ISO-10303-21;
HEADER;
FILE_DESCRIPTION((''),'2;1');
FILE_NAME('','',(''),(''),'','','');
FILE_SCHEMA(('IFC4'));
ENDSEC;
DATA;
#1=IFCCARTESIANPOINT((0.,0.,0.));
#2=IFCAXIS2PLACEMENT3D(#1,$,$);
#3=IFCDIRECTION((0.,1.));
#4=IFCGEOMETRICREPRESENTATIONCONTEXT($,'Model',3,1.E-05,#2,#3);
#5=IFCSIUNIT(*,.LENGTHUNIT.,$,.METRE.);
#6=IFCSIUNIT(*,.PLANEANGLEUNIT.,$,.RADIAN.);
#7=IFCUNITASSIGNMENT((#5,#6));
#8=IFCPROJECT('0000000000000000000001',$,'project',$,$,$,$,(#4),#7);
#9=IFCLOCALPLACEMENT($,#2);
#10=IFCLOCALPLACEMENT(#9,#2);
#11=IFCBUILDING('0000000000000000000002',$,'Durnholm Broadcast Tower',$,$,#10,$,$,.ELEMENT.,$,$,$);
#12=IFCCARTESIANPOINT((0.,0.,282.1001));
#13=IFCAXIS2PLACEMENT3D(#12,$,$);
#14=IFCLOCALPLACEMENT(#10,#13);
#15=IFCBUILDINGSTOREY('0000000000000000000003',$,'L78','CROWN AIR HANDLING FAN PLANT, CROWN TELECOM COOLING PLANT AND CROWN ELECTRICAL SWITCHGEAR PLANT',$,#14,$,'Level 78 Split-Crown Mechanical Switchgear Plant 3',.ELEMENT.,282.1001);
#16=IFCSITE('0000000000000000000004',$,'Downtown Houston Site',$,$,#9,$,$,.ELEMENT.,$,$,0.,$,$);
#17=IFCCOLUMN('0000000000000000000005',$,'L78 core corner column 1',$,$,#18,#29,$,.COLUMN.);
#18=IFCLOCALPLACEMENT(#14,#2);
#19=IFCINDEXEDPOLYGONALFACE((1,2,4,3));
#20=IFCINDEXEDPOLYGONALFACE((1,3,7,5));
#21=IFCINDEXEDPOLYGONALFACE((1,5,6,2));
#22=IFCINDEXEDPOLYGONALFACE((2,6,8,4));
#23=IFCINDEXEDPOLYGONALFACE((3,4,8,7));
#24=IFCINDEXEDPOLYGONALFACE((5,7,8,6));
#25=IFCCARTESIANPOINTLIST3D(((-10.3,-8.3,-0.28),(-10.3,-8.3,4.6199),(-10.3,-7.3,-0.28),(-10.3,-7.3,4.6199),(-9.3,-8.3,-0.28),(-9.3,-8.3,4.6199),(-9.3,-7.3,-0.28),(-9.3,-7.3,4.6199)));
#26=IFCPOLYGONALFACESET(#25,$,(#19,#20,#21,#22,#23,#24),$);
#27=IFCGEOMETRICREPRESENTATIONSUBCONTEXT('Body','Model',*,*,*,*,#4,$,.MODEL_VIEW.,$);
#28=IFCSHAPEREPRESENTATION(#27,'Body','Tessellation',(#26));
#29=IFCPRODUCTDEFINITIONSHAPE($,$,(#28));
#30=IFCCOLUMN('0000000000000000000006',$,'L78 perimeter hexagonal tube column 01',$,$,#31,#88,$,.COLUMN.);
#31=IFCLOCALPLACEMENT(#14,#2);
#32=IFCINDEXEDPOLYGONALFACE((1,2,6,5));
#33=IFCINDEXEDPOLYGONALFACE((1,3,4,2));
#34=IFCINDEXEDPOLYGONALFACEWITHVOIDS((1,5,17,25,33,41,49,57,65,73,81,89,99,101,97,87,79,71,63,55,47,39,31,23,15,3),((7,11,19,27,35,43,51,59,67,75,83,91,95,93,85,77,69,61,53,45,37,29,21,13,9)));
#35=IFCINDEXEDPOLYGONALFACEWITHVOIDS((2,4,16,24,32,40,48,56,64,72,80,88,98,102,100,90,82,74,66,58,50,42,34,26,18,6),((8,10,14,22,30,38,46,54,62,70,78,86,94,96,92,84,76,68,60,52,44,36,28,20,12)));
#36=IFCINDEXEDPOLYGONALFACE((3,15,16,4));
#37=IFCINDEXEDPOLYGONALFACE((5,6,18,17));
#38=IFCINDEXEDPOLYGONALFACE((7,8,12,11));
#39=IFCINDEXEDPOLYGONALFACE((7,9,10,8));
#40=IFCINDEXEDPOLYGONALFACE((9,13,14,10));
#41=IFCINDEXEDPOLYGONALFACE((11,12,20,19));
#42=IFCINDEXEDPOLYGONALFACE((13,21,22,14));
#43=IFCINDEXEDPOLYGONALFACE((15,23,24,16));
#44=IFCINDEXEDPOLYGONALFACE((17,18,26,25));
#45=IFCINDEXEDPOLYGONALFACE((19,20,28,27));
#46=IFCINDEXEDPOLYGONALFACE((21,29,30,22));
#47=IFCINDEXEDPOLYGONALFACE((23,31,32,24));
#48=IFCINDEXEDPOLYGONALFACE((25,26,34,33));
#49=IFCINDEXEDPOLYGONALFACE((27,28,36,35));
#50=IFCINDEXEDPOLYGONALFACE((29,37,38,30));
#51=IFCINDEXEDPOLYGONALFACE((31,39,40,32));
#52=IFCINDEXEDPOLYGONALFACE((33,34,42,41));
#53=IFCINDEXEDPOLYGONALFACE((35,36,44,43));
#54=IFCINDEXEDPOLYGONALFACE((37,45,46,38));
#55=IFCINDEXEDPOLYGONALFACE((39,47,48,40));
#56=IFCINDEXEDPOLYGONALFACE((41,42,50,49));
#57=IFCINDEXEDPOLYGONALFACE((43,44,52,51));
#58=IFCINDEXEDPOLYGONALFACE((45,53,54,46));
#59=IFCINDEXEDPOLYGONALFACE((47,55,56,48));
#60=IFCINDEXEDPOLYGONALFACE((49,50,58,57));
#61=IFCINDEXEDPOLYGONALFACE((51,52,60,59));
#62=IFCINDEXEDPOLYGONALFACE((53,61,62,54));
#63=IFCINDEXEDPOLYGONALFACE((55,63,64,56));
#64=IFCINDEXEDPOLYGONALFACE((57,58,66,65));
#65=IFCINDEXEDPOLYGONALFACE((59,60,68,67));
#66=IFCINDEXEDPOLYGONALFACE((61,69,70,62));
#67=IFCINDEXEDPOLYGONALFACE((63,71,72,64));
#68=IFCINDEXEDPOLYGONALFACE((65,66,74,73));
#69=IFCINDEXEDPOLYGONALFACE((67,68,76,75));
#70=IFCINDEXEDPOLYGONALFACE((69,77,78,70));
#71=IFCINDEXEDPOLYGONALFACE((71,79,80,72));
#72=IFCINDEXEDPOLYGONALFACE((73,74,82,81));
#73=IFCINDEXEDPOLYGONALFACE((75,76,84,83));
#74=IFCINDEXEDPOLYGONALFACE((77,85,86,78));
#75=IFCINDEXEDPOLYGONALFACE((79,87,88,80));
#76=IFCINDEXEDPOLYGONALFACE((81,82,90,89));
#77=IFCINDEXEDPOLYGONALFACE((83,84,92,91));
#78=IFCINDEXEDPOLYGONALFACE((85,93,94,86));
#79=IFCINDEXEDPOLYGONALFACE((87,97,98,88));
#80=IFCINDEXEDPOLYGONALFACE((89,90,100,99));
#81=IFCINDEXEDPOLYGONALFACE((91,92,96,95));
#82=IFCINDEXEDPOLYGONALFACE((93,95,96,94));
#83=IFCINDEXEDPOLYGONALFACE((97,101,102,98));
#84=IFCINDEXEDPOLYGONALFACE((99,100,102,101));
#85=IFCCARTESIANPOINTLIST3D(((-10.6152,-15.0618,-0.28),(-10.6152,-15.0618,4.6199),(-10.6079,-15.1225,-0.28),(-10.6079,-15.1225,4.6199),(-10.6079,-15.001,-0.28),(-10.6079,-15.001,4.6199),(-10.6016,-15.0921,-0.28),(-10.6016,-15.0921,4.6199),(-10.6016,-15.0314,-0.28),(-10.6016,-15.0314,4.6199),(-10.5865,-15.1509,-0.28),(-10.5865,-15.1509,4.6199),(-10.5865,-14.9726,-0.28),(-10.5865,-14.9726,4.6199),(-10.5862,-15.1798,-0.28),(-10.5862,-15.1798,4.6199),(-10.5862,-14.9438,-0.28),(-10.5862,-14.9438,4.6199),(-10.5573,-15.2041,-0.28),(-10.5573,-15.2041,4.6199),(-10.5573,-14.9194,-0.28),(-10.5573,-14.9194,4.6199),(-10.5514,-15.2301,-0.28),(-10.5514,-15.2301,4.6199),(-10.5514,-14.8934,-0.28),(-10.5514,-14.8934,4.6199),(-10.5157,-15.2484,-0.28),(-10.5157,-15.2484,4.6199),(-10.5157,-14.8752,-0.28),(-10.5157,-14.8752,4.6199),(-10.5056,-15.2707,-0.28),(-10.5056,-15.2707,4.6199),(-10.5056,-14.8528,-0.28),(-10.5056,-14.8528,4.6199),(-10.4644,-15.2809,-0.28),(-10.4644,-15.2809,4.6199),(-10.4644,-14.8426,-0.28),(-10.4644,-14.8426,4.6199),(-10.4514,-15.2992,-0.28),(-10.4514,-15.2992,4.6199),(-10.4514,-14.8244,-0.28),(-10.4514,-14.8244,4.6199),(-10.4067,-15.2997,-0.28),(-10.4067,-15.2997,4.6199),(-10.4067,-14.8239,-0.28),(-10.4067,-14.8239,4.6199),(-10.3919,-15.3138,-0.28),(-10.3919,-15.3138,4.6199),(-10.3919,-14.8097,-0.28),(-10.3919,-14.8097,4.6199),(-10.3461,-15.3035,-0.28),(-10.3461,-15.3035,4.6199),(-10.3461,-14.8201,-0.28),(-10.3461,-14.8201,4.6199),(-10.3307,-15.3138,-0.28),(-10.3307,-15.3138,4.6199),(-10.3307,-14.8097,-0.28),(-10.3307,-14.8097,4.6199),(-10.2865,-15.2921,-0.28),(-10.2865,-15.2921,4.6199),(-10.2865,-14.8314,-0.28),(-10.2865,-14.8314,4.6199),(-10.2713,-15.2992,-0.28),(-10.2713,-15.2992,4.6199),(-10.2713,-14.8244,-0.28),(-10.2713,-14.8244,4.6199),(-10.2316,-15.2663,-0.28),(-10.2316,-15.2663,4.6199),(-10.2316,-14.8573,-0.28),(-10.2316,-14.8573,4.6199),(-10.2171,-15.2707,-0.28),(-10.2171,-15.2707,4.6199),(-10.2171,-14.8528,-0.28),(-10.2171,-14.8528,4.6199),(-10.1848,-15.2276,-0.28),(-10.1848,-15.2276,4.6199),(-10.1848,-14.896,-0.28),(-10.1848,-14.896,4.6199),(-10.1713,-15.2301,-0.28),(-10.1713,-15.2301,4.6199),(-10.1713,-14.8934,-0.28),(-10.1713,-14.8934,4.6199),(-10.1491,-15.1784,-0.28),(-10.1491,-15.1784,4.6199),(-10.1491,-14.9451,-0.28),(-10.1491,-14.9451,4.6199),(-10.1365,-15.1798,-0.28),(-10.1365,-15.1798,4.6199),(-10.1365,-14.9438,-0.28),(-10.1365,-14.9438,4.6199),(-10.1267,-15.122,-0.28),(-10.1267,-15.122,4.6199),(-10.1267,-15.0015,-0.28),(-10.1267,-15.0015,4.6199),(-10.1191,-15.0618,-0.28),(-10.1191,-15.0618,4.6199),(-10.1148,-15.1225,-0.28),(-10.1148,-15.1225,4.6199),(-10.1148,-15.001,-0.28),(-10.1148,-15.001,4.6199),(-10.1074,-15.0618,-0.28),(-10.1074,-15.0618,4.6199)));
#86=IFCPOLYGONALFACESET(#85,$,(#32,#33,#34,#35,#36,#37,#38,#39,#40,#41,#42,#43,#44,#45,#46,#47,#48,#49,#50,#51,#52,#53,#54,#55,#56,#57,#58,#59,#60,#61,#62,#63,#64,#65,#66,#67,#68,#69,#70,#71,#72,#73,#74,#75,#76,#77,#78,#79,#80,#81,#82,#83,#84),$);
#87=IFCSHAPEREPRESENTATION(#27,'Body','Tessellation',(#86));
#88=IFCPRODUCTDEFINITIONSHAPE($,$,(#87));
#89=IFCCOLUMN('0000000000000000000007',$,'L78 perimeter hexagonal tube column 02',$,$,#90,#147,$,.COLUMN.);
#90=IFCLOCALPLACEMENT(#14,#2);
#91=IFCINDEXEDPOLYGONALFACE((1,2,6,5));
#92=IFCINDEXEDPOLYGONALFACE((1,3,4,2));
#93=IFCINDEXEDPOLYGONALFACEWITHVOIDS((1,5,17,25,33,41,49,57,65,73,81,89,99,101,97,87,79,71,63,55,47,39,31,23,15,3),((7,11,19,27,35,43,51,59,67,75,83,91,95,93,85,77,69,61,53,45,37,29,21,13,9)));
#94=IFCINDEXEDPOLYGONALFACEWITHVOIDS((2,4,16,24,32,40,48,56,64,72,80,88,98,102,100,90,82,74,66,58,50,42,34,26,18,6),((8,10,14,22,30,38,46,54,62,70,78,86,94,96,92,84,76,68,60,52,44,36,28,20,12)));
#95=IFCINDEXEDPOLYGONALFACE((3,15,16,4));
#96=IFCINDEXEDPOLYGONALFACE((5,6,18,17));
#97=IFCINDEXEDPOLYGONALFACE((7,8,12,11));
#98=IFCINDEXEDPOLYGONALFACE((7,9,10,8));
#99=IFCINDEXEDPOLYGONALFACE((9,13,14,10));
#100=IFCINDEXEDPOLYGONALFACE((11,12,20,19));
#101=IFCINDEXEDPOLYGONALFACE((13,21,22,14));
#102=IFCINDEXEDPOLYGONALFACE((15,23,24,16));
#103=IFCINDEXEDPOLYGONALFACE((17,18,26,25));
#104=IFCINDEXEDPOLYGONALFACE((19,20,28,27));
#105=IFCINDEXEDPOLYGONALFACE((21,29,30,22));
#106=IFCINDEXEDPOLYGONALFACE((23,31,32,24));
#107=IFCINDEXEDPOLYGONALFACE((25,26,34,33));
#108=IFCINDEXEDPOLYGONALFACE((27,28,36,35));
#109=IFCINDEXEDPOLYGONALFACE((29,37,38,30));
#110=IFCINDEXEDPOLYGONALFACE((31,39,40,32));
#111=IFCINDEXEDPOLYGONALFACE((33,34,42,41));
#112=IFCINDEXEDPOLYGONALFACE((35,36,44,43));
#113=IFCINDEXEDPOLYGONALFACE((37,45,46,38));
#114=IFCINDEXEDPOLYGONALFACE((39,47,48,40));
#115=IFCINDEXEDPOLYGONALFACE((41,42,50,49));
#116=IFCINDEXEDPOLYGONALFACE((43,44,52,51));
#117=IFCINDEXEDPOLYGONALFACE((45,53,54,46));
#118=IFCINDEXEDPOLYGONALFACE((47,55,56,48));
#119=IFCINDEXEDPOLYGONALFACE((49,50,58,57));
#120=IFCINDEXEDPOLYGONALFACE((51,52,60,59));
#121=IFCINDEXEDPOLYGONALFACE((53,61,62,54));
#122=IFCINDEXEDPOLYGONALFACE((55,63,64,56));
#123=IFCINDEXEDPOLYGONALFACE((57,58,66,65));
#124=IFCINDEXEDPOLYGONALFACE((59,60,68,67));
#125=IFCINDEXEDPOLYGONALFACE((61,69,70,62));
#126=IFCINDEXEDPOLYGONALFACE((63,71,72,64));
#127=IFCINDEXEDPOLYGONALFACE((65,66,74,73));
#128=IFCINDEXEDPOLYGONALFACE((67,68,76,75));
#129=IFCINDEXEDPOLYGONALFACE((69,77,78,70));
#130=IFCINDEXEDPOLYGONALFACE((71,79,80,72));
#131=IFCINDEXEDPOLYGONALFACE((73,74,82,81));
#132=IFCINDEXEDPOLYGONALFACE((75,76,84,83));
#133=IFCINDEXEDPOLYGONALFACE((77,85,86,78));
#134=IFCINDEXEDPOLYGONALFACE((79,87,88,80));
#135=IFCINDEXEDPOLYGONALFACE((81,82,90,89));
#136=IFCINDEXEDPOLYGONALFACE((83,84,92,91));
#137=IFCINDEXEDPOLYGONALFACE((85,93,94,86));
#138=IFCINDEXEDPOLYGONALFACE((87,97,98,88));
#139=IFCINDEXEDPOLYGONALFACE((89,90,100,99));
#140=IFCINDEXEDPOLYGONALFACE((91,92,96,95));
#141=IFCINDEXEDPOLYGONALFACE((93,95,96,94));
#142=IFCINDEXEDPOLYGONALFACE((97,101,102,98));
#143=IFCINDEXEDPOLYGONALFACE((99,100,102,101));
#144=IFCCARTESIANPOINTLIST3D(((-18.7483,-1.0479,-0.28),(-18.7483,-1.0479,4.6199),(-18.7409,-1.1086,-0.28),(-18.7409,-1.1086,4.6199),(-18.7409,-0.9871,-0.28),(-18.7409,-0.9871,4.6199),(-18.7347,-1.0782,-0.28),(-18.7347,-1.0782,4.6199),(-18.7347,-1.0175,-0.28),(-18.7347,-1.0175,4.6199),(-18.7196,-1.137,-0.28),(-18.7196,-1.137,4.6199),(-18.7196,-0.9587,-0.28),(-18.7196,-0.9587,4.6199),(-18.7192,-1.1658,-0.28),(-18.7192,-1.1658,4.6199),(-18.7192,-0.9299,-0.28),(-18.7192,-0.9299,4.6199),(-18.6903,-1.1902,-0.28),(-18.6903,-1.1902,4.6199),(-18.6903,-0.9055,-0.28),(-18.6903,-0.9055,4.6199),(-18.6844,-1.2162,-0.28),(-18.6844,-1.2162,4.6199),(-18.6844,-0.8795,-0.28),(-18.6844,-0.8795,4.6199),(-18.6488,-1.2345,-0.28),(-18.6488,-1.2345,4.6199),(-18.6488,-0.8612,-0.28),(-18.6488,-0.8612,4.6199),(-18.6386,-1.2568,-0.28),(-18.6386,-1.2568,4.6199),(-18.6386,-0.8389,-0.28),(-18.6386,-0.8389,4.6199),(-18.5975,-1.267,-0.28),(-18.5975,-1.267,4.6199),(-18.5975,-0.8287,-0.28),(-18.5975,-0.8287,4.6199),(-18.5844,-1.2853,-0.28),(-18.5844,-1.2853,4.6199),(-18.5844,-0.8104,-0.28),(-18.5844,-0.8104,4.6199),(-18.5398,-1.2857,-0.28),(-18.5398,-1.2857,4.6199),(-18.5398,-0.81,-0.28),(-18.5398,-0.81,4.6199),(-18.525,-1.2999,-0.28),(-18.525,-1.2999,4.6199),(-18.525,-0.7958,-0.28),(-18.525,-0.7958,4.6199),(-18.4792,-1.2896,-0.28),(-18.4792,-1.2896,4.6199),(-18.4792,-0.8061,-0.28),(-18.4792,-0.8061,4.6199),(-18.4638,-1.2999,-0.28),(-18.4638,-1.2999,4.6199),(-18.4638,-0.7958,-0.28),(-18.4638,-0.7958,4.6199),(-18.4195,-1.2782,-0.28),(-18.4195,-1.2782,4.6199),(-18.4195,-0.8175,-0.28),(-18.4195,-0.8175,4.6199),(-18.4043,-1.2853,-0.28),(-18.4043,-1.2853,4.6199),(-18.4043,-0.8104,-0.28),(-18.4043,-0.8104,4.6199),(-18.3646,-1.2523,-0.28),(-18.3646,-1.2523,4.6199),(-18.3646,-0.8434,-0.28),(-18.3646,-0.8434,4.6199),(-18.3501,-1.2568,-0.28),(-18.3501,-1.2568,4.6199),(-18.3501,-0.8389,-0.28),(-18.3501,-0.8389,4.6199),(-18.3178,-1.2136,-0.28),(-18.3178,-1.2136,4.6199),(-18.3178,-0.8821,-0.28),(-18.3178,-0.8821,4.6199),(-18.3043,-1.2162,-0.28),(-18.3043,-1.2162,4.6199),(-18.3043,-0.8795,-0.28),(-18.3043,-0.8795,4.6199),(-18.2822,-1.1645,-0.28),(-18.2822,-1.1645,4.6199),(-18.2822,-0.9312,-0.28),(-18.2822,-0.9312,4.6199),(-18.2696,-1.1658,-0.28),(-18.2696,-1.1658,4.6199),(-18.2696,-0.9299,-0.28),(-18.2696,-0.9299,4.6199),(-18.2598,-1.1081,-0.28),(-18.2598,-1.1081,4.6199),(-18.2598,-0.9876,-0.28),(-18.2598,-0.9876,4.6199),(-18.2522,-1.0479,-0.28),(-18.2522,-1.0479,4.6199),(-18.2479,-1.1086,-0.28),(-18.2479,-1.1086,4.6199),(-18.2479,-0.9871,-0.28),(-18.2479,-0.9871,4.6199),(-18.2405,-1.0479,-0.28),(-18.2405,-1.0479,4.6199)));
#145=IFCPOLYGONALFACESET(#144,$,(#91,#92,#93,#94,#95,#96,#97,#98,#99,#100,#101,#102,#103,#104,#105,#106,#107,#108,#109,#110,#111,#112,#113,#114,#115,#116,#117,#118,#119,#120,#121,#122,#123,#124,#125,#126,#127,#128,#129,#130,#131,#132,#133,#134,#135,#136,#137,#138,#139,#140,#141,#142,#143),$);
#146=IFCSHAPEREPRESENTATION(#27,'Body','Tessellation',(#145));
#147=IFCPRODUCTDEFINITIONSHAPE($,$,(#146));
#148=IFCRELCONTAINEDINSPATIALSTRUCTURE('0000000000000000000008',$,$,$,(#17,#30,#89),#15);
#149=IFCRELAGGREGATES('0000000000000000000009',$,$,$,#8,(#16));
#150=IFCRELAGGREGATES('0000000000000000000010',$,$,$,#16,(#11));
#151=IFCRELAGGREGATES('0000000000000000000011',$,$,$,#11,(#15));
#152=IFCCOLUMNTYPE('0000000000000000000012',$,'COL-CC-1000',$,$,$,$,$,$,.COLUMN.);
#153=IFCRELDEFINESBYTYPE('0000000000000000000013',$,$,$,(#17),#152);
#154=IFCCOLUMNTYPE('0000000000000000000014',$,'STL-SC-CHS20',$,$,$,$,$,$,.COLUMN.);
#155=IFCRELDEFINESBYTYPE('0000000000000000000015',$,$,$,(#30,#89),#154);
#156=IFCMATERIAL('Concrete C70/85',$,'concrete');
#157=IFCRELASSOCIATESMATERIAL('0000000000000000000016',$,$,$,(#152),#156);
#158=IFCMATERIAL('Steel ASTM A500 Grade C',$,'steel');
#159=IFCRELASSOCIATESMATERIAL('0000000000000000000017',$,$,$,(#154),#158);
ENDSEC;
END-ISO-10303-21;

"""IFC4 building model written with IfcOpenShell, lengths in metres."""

from ifc_helpers import new_model, si_unit, direction, frame, origin, origin_2d, place, context, subcontext, project, spatial, rectangle, hollow_circle, extrude, source, transform, mapped, material, material_profile, profile_set, type_object, type_shapes, element, save


model = new_model("IFC4")

# Units and contexts
model_context = context("Model", 3, precision=1e-05, world=origin(), true_north=direction((0.0, 1.0)))
body_context = subcontext(model_context, "Body", "Model", "MODEL_VIEW")
ifc_project = project(units=[si_unit("LENGTHUNIT", "METRE"), si_unit("PLANEANGLEUNIT", "RADIAN")], contexts=[model_context])

# Site, building, storey
site_placement = place(None, origin())
site = spatial("IfcSite", under=ifc_project, at=site_placement, Name="Downtown Houston Site", CompositionType="ELEMENT", RefElevation=0.0)
building_placement = place(site_placement, origin())
building = spatial("IfcBuilding", under=site, at=building_placement, Name="Durnholm Broadcast Tower", CompositionType="ELEMENT")
storey_placement = place(building_placement, frame((0.0, 0.0, 282.1001)))
storey = spatial("IfcBuildingStorey", under=building, at=storey_placement, Name="L78", Description="CROWN AIR HANDLING FAN PLANT, CROWN TELECOM COOLING PLANT AND CROWN ELECTRICAL SWITCHGEAR PLANT", LongName="Level 78 Split-Crown Mechanical Switchgear Plant 3", CompositionType="ELEMENT", Elevation=282.1001)

# Columns
ifc_material_1 = material(Name="Concrete C70/85", Category="concrete")
ifc_material_profile_1 = material_profile(ifc_material_1, rectangle(XDim=1.0, YDim=1.0, at=origin_2d()), Name="RC1000X1000")
ifc_profile_set_1 = profile_set([ifc_material_profile_1], Name="Concrete C70/85")
column_type_1 = type_object("IfcColumnType", Name="COL-CC-1000", PredefinedType="COLUMN", material=ifc_profile_set_1)
shared_shape_1 = source(origin(), body_context, "Body", "SweptSolid", [
    extrude(rectangle(XDim=1.0, YDim=1.0, at=origin_2d()), origin(), (0.0, 0.0, 1.0), 4.8999),
])
type_shapes(column_type_1, [shared_shape_1])
column_placement = place(storey_placement, frame((-9.8, -7.8, -0.28), z_axis=(0.0, 0.0, 1.0), x_axis=(1.0, 0.0, 0.0)))
element("IfcColumn", 1, at=column_placement, inside=storey, type_object=column_type_1, Name="L78 core corner column 1", PredefinedType="COLUMN", context=body_context, shape_type="MappedRepresentation", body=[
    mapped(shared_shape_1, transform((0.0, 0.0, 0.0), x_axis=(1.0, 0.0, 0.0), y_axis=(0.0, 1.0, 0.0), z_axis=(0.0, 0.0, 1.0), scale=1.0)),
])
ifc_material_2 = material(Name="Steel ASTM A500 Grade C", Category="steel")
ifc_material_profile_2 = material_profile(ifc_material_2, hollow_circle(Radius=0.2539, WallThickness=0.0117, at=origin_2d()), Name="HSS20.000X0.500")
ifc_profile_set_2 = profile_set([ifc_material_profile_2], Name="Steel ASTM A500 Grade C")
column_type_2 = type_object("IfcColumnType", Name="STL-SC-CHS20", PredefinedType="COLUMN", material=ifc_profile_set_2)
shared_shape_2 = source(origin(), body_context, "Body", "SweptSolid", [
    extrude(hollow_circle(Radius=0.2539, WallThickness=0.0117, at=origin_2d()), origin(), (0.0, 0.0, 1.0), 4.8999),
])
type_shapes(column_type_2, [shared_shape_2])
for number, where, z_axis, x_axis, name in (
    (2, (-10.3613, -15.0618, -0.28), (0.0, 0.0, 1.0), (1.0, 0.0, 0.0), "L78 perimeter hexagonal tube column 01"),
    (3, (-18.4944, -1.0479, -0.28), (0.0, 0.0, 1.0), (1.0, 0.0, 0.0), "L78 perimeter hexagonal tube column 02"),
):
    element("IfcColumn", number, at=place(storey_placement, frame(where, z_axis=z_axis, x_axis=x_axis)), inside=storey, type_object=column_type_2, Name=name, PredefinedType="COLUMN", context=body_context, shape_type="MappedRepresentation", body=[
        mapped(shared_shape_2, transform((0.0, 0.0, 0.0), x_axis=(1.0, 0.0, 0.0), y_axis=(0.0, 1.0, 0.0), z_axis=(0.0, 0.0, 1.0), scale=1.0)),
    ])

save(model, "model.ifc")
